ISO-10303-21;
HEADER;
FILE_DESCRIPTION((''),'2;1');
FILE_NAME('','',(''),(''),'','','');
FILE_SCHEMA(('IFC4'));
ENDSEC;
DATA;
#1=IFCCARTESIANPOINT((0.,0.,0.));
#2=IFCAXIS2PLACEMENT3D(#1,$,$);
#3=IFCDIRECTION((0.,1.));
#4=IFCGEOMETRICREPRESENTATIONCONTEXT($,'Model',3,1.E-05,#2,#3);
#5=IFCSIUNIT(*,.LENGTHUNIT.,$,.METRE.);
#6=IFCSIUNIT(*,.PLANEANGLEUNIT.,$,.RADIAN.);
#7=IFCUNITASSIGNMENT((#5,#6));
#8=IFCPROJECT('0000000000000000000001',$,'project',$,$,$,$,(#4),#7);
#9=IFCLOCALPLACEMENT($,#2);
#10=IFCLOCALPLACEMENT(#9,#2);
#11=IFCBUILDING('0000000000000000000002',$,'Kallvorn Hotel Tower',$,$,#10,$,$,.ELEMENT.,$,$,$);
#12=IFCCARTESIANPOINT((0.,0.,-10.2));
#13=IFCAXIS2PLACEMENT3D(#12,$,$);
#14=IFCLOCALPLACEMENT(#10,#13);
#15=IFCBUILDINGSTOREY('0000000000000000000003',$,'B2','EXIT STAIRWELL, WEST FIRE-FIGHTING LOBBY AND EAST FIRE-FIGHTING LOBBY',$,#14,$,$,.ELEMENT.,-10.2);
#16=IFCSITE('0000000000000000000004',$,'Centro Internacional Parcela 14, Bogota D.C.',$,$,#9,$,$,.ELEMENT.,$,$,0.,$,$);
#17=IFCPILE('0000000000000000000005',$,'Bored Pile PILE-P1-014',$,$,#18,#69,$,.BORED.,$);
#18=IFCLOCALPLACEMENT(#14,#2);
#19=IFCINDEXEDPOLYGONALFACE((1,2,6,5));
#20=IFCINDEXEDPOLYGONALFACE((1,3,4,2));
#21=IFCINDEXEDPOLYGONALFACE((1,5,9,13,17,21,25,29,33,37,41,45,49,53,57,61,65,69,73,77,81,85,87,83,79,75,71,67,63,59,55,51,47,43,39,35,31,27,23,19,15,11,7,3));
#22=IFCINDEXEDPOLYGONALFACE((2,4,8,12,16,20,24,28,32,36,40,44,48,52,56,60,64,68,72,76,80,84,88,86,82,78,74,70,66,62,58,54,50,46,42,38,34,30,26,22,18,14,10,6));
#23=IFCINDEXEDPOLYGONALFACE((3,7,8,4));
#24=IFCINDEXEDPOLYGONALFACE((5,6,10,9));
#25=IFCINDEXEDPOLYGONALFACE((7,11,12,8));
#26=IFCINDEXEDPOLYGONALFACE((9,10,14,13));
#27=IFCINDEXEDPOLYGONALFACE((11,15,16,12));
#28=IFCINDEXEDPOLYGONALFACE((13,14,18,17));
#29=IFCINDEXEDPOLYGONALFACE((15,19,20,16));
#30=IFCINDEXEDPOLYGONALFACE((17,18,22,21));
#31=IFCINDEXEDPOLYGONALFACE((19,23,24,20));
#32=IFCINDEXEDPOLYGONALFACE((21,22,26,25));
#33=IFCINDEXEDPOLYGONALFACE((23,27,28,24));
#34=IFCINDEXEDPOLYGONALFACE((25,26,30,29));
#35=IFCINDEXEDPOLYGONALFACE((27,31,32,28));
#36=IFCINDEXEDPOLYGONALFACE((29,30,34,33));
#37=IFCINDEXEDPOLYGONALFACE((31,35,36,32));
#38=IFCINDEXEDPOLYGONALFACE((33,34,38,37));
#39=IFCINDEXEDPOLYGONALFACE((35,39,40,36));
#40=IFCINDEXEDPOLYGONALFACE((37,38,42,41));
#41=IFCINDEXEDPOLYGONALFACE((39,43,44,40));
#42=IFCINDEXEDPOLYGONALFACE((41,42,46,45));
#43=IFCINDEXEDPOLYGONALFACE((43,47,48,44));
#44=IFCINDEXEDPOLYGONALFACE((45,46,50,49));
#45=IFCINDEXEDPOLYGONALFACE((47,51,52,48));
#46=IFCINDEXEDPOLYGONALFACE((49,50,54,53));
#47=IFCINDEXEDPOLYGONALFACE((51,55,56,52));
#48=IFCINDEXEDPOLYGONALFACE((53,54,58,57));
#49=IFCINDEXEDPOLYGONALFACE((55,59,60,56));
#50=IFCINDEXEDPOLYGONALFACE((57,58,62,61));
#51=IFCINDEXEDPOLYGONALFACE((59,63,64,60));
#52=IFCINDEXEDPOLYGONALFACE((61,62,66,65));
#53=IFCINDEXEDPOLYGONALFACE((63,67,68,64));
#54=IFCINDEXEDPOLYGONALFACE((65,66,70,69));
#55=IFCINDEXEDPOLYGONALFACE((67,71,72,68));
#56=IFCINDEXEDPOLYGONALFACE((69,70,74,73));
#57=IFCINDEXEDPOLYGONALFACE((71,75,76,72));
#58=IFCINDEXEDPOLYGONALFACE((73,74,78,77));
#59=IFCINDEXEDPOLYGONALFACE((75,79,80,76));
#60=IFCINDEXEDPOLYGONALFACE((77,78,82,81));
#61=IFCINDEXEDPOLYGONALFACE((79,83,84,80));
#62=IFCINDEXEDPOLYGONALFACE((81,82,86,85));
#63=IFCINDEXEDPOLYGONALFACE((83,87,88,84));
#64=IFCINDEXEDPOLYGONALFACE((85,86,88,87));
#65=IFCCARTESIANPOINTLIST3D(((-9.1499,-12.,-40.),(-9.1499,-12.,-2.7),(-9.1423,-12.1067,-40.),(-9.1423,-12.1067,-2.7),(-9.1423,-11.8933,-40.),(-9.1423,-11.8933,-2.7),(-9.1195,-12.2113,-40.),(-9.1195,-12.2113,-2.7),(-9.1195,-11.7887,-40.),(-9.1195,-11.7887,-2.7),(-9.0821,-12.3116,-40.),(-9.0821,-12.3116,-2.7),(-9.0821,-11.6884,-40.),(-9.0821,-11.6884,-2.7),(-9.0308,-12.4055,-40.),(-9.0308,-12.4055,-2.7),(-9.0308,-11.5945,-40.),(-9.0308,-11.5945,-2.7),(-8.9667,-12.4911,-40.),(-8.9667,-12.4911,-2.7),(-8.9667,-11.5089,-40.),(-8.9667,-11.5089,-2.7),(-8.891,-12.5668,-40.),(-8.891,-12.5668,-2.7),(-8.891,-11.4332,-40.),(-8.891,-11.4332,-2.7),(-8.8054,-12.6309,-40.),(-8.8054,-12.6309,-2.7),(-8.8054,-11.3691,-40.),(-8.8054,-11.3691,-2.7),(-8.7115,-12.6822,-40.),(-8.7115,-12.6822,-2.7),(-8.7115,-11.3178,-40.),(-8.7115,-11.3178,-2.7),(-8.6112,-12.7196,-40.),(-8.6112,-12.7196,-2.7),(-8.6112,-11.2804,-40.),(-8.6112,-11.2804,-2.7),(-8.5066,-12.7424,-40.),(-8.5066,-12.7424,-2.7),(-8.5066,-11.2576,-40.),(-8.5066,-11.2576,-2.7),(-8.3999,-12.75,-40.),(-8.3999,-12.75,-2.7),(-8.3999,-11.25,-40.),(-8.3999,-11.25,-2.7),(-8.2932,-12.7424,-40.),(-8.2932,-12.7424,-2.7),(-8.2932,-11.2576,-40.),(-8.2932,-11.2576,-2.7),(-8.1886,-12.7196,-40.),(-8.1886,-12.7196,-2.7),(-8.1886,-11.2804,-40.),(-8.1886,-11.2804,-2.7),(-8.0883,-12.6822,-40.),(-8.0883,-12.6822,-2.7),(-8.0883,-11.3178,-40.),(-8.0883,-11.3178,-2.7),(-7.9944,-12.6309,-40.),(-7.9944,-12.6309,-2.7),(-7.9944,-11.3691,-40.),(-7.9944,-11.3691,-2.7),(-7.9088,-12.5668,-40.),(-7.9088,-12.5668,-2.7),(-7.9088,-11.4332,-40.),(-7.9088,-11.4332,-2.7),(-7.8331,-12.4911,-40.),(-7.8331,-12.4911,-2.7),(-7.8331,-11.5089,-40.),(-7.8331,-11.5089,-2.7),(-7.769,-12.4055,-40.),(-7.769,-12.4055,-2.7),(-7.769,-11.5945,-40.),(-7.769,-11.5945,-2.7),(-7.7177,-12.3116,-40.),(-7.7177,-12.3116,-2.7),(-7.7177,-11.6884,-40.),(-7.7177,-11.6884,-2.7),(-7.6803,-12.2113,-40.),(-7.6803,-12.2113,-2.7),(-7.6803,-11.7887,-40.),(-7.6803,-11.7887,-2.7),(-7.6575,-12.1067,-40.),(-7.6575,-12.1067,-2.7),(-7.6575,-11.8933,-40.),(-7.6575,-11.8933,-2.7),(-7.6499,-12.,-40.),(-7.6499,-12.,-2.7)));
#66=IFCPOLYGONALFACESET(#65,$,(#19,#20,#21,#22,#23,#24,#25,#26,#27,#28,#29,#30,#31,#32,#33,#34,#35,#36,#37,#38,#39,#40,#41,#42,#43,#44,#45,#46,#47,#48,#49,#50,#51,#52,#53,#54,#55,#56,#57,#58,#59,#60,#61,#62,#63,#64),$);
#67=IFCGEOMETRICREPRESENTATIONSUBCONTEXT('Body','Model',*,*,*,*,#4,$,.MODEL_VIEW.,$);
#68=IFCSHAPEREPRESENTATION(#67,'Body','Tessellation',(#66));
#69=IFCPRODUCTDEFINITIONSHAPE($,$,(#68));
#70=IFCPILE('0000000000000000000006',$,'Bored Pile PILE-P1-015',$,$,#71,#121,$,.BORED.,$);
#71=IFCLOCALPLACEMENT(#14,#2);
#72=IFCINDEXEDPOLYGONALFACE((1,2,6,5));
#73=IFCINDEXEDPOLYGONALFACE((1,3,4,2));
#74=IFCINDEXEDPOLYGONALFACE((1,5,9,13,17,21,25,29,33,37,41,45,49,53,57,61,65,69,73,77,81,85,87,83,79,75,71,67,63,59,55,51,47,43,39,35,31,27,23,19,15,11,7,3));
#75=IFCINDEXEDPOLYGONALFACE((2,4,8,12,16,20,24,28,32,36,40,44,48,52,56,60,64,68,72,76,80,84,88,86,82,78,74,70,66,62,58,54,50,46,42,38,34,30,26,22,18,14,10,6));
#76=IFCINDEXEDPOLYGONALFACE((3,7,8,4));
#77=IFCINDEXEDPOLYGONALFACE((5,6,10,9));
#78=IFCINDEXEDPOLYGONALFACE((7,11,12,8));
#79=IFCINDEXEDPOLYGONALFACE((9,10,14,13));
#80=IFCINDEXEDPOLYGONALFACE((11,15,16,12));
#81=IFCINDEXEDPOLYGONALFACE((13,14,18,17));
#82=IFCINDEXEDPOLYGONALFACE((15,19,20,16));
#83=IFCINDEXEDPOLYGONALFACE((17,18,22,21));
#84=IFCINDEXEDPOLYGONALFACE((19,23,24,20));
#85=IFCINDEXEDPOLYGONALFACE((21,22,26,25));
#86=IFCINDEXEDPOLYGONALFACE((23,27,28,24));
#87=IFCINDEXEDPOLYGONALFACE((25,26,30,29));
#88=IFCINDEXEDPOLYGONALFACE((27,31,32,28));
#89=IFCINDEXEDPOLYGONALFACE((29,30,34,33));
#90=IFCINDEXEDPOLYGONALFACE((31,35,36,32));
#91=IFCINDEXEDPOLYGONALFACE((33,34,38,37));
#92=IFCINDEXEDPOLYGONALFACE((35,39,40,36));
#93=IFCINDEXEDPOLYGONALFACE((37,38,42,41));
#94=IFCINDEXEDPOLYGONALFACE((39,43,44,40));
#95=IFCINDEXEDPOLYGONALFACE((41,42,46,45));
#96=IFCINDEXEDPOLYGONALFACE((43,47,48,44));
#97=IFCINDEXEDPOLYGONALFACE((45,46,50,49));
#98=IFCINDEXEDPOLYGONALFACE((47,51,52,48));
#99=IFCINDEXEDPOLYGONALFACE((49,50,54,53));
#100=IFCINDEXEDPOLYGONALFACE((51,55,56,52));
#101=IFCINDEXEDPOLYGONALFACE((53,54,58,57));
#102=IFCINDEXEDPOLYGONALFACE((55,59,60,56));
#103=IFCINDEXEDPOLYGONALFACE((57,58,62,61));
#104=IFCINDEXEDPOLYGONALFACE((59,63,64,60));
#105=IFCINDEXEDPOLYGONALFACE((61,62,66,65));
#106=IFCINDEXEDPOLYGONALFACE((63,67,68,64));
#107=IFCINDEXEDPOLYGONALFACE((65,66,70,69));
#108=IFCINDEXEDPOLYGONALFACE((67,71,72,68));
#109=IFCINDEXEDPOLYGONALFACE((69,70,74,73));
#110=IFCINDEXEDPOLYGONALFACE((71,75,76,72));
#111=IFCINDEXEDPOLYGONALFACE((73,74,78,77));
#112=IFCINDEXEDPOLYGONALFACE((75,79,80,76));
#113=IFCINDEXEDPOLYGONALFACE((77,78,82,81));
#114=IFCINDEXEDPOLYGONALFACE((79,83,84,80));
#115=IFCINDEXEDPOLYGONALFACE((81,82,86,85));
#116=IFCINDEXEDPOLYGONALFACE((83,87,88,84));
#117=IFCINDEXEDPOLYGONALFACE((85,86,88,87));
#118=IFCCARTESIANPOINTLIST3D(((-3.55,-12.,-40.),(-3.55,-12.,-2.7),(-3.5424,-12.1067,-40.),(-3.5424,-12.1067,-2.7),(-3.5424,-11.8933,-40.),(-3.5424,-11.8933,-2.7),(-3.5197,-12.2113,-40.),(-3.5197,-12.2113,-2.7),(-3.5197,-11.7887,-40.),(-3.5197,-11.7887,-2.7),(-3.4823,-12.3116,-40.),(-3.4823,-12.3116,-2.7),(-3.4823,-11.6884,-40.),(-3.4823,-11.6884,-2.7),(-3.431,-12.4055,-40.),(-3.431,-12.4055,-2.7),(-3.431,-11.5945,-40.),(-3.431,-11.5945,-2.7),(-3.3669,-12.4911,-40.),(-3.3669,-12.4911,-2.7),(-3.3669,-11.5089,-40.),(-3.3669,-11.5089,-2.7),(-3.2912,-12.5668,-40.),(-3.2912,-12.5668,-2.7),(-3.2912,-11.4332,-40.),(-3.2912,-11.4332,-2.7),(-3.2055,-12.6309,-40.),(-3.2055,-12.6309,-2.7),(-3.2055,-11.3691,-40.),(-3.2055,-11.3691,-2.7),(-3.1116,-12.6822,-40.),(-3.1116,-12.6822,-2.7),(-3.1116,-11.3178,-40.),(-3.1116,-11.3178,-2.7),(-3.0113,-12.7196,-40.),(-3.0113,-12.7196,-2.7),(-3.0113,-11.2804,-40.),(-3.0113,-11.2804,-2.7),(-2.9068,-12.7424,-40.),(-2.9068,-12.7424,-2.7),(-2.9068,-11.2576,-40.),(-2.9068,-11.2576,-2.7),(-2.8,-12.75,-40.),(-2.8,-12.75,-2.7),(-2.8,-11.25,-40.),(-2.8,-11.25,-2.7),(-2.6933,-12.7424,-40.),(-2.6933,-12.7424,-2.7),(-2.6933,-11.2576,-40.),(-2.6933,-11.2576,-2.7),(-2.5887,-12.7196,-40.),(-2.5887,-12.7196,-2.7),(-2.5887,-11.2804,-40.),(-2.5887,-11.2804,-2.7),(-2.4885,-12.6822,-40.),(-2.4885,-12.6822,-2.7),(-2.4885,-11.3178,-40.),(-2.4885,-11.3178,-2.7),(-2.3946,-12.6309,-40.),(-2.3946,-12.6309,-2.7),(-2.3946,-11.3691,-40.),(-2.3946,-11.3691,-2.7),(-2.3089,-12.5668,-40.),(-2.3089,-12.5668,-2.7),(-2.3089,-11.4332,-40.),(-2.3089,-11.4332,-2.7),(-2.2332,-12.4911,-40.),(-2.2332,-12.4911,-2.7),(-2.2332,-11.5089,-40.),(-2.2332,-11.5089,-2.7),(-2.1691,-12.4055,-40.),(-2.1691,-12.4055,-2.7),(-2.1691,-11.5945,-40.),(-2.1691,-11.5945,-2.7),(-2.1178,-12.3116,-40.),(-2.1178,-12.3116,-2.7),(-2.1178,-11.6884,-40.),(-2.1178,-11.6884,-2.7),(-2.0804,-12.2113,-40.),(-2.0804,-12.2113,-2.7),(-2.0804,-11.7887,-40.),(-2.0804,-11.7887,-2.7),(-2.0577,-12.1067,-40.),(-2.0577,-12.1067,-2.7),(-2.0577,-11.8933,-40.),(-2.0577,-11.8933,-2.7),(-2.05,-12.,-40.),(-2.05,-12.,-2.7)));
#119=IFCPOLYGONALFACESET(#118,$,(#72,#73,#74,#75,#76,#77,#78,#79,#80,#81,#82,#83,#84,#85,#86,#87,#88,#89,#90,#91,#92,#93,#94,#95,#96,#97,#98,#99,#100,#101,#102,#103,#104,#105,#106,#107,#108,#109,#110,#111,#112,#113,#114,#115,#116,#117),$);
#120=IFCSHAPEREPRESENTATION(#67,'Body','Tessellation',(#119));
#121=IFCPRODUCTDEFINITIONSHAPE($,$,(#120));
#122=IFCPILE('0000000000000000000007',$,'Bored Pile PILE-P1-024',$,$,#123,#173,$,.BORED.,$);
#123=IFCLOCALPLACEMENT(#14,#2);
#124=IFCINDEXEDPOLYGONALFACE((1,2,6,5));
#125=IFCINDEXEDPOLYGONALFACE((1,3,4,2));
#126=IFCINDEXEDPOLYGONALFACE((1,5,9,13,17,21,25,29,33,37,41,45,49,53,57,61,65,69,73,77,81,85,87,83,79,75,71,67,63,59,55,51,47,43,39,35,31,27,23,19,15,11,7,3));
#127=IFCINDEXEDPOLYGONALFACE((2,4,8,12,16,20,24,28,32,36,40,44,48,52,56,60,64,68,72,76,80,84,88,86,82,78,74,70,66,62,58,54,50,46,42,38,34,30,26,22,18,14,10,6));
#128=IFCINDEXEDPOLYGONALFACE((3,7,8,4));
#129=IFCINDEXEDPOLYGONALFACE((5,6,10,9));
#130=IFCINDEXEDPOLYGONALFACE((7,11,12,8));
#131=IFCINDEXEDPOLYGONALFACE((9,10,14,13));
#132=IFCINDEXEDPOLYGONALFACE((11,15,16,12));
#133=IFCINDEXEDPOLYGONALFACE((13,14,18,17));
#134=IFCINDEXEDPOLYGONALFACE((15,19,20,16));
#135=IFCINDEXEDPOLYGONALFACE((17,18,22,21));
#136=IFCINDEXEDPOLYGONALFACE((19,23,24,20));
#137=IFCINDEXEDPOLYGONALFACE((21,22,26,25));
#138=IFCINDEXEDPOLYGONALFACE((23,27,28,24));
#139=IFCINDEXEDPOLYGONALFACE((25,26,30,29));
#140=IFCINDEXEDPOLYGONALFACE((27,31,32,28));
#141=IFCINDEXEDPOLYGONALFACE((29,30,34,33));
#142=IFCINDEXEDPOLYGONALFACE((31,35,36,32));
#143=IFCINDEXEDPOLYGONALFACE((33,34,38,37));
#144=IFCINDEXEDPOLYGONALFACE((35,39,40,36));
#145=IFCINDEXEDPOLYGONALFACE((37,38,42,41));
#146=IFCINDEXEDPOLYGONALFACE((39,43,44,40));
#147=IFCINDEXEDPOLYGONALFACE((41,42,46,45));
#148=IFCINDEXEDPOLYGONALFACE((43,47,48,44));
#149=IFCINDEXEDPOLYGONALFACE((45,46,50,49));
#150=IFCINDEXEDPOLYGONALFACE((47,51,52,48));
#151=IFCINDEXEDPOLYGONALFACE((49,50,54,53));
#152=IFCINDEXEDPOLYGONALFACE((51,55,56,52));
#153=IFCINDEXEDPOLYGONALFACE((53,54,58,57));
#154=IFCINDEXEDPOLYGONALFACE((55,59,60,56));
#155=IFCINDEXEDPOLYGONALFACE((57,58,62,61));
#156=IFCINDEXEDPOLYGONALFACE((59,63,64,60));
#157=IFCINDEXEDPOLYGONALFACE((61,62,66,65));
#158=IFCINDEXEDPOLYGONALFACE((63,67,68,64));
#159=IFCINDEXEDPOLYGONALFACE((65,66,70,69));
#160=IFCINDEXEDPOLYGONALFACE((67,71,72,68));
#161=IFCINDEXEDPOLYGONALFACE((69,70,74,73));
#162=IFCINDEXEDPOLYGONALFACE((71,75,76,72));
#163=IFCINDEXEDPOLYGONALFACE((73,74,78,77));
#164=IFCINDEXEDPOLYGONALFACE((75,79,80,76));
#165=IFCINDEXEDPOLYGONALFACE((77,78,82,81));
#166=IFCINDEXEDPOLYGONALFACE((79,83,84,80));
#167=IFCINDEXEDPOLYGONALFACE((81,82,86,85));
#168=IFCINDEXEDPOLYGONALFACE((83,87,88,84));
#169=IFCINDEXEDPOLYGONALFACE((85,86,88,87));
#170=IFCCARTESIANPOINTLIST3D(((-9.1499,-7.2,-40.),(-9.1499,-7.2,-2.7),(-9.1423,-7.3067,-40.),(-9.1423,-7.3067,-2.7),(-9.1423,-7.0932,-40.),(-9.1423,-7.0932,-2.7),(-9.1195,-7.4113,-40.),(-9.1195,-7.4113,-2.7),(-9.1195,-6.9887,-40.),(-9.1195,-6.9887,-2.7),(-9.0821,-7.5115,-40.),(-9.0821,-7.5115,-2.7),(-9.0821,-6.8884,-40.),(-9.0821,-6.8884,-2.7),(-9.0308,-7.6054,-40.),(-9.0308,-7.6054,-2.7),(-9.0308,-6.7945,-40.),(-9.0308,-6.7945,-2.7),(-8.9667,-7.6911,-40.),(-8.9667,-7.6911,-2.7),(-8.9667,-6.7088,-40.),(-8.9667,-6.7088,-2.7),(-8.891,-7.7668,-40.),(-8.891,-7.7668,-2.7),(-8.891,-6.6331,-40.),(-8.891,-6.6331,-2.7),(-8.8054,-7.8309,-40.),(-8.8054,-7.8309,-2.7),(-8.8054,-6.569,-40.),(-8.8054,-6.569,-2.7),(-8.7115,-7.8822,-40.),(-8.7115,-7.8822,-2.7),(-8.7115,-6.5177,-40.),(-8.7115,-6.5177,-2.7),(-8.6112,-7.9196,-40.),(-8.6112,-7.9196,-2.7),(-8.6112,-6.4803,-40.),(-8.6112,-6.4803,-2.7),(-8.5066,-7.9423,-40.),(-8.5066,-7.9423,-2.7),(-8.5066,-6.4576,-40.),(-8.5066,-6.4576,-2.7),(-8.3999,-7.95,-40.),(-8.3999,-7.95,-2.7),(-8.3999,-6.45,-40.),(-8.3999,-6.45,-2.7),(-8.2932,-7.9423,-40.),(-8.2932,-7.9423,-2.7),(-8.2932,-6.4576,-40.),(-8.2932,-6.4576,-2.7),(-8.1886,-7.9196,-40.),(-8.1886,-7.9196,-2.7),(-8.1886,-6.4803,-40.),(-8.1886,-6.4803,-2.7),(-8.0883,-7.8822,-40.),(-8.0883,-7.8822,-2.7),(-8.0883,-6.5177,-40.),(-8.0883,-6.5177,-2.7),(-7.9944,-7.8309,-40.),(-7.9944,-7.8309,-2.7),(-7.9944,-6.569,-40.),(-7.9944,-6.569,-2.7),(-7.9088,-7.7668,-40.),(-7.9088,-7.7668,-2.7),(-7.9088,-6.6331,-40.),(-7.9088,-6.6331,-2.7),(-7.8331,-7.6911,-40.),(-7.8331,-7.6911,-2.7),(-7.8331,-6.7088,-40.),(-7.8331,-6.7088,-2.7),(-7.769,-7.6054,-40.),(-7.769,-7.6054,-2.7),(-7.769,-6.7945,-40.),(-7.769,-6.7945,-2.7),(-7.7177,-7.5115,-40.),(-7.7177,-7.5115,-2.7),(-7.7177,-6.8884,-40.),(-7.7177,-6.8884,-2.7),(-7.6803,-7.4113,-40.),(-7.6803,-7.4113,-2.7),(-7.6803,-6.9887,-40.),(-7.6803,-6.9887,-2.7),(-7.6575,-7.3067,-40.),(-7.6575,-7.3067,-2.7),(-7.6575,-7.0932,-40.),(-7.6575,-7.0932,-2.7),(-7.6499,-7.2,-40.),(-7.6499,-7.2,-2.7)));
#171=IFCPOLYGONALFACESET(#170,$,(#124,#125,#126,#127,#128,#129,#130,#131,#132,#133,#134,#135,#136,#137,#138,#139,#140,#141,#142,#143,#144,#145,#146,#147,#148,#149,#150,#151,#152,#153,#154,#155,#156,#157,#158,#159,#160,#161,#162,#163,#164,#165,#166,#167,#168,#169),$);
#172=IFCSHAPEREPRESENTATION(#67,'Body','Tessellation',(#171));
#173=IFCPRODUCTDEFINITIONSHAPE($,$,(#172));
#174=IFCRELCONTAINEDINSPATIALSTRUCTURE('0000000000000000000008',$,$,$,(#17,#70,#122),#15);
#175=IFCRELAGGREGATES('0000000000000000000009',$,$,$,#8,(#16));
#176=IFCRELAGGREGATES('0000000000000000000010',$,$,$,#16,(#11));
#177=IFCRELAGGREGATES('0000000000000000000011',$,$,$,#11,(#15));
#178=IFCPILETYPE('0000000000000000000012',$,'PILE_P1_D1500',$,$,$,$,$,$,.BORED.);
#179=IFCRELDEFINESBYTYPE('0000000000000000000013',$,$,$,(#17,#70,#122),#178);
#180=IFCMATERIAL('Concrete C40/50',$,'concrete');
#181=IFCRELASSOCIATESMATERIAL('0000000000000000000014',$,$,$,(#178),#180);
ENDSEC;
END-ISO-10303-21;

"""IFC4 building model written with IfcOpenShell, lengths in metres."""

from ifc_helpers import new_model, si_unit, direction, frame, origin, origin_2d, place, context, subcontext, project, spatial, circle, extrude, material, material_profile, profile_set, type_object, element, save


model = new_model("IFC4")

# Units and contexts
model_context = context("Model", 3, precision=1e-05, world=origin(), true_north=direction((0.0, 1.0)))
body_context = subcontext(model_context, "Body", "Model", "MODEL_VIEW")
ifc_project = project(units=[si_unit("LENGTHUNIT", "METRE"), si_unit("PLANEANGLEUNIT", "RADIAN")], contexts=[model_context])

# Site, building, storey
site_placement = place(None, origin())
site = spatial("IfcSite", under=ifc_project, at=site_placement, Name="Centro Internacional Parcela 14, Bogota D.C.", CompositionType="ELEMENT", RefElevation=0.0)
building_placement = place(site_placement, origin())
building = spatial("IfcBuilding", under=site, at=building_placement, Name="Kallvorn Hotel Tower", CompositionType="ELEMENT")
storey_placement = place(building_placement, frame((0.0, 0.0, -10.2)))
storey = spatial("IfcBuildingStorey", under=building, at=storey_placement, Name="B2", Description="EXIT STAIRWELL, WEST FIRE-FIGHTING LOBBY AND EAST FIRE-FIGHTING LOBBY", CompositionType="ELEMENT", Elevation=-10.2)

# Piles
ifc_material_1 = material(Name="Concrete C40/50", Category="concrete")
ifc_material_profile_1 = material_profile(ifc_material_1, circle(Radius=0.75, at=origin_2d()), Name="PILE D1500")
ifc_profile_set_1 = profile_set([ifc_material_profile_1], Name="Concrete C40/50")
pile_type = type_object("IfcPileType", Name="PILE_P1_D1500", PredefinedType="BORED", material=ifc_profile_set_1)
for number, where, z_axis, x_axis, name in (
    (1, (-8.3999, -12.0, -2.7), (0.0, 0.0, -1.0), (1.0, 0.0, 0.0), "Bored Pile PILE-P1-014"),
    (2, (-2.8, -12.0, -2.7), (0.0, 0.0, -1.0), (1.0, 0.0, 0.0), "Bored Pile PILE-P1-015"),
    (3, (-8.3999, -7.2, -2.7), (0.0, 0.0, -1.0), (1.0, 0.0, 0.0), "Bored Pile PILE-P1-024"),
):
    element("IfcPile", number, at=place(storey_placement, frame(where, z_axis=z_axis, x_axis=x_axis)), inside=storey, type_object=pile_type, Name=name, PredefinedType="BORED", context=body_context, shape_type="SweptSolid", body=[
        extrude(circle(Radius=0.75, at=origin_2d()), origin(), (0.0, 0.0, 1.0), 37.3),
    ])

save(model, "model.ifc")
